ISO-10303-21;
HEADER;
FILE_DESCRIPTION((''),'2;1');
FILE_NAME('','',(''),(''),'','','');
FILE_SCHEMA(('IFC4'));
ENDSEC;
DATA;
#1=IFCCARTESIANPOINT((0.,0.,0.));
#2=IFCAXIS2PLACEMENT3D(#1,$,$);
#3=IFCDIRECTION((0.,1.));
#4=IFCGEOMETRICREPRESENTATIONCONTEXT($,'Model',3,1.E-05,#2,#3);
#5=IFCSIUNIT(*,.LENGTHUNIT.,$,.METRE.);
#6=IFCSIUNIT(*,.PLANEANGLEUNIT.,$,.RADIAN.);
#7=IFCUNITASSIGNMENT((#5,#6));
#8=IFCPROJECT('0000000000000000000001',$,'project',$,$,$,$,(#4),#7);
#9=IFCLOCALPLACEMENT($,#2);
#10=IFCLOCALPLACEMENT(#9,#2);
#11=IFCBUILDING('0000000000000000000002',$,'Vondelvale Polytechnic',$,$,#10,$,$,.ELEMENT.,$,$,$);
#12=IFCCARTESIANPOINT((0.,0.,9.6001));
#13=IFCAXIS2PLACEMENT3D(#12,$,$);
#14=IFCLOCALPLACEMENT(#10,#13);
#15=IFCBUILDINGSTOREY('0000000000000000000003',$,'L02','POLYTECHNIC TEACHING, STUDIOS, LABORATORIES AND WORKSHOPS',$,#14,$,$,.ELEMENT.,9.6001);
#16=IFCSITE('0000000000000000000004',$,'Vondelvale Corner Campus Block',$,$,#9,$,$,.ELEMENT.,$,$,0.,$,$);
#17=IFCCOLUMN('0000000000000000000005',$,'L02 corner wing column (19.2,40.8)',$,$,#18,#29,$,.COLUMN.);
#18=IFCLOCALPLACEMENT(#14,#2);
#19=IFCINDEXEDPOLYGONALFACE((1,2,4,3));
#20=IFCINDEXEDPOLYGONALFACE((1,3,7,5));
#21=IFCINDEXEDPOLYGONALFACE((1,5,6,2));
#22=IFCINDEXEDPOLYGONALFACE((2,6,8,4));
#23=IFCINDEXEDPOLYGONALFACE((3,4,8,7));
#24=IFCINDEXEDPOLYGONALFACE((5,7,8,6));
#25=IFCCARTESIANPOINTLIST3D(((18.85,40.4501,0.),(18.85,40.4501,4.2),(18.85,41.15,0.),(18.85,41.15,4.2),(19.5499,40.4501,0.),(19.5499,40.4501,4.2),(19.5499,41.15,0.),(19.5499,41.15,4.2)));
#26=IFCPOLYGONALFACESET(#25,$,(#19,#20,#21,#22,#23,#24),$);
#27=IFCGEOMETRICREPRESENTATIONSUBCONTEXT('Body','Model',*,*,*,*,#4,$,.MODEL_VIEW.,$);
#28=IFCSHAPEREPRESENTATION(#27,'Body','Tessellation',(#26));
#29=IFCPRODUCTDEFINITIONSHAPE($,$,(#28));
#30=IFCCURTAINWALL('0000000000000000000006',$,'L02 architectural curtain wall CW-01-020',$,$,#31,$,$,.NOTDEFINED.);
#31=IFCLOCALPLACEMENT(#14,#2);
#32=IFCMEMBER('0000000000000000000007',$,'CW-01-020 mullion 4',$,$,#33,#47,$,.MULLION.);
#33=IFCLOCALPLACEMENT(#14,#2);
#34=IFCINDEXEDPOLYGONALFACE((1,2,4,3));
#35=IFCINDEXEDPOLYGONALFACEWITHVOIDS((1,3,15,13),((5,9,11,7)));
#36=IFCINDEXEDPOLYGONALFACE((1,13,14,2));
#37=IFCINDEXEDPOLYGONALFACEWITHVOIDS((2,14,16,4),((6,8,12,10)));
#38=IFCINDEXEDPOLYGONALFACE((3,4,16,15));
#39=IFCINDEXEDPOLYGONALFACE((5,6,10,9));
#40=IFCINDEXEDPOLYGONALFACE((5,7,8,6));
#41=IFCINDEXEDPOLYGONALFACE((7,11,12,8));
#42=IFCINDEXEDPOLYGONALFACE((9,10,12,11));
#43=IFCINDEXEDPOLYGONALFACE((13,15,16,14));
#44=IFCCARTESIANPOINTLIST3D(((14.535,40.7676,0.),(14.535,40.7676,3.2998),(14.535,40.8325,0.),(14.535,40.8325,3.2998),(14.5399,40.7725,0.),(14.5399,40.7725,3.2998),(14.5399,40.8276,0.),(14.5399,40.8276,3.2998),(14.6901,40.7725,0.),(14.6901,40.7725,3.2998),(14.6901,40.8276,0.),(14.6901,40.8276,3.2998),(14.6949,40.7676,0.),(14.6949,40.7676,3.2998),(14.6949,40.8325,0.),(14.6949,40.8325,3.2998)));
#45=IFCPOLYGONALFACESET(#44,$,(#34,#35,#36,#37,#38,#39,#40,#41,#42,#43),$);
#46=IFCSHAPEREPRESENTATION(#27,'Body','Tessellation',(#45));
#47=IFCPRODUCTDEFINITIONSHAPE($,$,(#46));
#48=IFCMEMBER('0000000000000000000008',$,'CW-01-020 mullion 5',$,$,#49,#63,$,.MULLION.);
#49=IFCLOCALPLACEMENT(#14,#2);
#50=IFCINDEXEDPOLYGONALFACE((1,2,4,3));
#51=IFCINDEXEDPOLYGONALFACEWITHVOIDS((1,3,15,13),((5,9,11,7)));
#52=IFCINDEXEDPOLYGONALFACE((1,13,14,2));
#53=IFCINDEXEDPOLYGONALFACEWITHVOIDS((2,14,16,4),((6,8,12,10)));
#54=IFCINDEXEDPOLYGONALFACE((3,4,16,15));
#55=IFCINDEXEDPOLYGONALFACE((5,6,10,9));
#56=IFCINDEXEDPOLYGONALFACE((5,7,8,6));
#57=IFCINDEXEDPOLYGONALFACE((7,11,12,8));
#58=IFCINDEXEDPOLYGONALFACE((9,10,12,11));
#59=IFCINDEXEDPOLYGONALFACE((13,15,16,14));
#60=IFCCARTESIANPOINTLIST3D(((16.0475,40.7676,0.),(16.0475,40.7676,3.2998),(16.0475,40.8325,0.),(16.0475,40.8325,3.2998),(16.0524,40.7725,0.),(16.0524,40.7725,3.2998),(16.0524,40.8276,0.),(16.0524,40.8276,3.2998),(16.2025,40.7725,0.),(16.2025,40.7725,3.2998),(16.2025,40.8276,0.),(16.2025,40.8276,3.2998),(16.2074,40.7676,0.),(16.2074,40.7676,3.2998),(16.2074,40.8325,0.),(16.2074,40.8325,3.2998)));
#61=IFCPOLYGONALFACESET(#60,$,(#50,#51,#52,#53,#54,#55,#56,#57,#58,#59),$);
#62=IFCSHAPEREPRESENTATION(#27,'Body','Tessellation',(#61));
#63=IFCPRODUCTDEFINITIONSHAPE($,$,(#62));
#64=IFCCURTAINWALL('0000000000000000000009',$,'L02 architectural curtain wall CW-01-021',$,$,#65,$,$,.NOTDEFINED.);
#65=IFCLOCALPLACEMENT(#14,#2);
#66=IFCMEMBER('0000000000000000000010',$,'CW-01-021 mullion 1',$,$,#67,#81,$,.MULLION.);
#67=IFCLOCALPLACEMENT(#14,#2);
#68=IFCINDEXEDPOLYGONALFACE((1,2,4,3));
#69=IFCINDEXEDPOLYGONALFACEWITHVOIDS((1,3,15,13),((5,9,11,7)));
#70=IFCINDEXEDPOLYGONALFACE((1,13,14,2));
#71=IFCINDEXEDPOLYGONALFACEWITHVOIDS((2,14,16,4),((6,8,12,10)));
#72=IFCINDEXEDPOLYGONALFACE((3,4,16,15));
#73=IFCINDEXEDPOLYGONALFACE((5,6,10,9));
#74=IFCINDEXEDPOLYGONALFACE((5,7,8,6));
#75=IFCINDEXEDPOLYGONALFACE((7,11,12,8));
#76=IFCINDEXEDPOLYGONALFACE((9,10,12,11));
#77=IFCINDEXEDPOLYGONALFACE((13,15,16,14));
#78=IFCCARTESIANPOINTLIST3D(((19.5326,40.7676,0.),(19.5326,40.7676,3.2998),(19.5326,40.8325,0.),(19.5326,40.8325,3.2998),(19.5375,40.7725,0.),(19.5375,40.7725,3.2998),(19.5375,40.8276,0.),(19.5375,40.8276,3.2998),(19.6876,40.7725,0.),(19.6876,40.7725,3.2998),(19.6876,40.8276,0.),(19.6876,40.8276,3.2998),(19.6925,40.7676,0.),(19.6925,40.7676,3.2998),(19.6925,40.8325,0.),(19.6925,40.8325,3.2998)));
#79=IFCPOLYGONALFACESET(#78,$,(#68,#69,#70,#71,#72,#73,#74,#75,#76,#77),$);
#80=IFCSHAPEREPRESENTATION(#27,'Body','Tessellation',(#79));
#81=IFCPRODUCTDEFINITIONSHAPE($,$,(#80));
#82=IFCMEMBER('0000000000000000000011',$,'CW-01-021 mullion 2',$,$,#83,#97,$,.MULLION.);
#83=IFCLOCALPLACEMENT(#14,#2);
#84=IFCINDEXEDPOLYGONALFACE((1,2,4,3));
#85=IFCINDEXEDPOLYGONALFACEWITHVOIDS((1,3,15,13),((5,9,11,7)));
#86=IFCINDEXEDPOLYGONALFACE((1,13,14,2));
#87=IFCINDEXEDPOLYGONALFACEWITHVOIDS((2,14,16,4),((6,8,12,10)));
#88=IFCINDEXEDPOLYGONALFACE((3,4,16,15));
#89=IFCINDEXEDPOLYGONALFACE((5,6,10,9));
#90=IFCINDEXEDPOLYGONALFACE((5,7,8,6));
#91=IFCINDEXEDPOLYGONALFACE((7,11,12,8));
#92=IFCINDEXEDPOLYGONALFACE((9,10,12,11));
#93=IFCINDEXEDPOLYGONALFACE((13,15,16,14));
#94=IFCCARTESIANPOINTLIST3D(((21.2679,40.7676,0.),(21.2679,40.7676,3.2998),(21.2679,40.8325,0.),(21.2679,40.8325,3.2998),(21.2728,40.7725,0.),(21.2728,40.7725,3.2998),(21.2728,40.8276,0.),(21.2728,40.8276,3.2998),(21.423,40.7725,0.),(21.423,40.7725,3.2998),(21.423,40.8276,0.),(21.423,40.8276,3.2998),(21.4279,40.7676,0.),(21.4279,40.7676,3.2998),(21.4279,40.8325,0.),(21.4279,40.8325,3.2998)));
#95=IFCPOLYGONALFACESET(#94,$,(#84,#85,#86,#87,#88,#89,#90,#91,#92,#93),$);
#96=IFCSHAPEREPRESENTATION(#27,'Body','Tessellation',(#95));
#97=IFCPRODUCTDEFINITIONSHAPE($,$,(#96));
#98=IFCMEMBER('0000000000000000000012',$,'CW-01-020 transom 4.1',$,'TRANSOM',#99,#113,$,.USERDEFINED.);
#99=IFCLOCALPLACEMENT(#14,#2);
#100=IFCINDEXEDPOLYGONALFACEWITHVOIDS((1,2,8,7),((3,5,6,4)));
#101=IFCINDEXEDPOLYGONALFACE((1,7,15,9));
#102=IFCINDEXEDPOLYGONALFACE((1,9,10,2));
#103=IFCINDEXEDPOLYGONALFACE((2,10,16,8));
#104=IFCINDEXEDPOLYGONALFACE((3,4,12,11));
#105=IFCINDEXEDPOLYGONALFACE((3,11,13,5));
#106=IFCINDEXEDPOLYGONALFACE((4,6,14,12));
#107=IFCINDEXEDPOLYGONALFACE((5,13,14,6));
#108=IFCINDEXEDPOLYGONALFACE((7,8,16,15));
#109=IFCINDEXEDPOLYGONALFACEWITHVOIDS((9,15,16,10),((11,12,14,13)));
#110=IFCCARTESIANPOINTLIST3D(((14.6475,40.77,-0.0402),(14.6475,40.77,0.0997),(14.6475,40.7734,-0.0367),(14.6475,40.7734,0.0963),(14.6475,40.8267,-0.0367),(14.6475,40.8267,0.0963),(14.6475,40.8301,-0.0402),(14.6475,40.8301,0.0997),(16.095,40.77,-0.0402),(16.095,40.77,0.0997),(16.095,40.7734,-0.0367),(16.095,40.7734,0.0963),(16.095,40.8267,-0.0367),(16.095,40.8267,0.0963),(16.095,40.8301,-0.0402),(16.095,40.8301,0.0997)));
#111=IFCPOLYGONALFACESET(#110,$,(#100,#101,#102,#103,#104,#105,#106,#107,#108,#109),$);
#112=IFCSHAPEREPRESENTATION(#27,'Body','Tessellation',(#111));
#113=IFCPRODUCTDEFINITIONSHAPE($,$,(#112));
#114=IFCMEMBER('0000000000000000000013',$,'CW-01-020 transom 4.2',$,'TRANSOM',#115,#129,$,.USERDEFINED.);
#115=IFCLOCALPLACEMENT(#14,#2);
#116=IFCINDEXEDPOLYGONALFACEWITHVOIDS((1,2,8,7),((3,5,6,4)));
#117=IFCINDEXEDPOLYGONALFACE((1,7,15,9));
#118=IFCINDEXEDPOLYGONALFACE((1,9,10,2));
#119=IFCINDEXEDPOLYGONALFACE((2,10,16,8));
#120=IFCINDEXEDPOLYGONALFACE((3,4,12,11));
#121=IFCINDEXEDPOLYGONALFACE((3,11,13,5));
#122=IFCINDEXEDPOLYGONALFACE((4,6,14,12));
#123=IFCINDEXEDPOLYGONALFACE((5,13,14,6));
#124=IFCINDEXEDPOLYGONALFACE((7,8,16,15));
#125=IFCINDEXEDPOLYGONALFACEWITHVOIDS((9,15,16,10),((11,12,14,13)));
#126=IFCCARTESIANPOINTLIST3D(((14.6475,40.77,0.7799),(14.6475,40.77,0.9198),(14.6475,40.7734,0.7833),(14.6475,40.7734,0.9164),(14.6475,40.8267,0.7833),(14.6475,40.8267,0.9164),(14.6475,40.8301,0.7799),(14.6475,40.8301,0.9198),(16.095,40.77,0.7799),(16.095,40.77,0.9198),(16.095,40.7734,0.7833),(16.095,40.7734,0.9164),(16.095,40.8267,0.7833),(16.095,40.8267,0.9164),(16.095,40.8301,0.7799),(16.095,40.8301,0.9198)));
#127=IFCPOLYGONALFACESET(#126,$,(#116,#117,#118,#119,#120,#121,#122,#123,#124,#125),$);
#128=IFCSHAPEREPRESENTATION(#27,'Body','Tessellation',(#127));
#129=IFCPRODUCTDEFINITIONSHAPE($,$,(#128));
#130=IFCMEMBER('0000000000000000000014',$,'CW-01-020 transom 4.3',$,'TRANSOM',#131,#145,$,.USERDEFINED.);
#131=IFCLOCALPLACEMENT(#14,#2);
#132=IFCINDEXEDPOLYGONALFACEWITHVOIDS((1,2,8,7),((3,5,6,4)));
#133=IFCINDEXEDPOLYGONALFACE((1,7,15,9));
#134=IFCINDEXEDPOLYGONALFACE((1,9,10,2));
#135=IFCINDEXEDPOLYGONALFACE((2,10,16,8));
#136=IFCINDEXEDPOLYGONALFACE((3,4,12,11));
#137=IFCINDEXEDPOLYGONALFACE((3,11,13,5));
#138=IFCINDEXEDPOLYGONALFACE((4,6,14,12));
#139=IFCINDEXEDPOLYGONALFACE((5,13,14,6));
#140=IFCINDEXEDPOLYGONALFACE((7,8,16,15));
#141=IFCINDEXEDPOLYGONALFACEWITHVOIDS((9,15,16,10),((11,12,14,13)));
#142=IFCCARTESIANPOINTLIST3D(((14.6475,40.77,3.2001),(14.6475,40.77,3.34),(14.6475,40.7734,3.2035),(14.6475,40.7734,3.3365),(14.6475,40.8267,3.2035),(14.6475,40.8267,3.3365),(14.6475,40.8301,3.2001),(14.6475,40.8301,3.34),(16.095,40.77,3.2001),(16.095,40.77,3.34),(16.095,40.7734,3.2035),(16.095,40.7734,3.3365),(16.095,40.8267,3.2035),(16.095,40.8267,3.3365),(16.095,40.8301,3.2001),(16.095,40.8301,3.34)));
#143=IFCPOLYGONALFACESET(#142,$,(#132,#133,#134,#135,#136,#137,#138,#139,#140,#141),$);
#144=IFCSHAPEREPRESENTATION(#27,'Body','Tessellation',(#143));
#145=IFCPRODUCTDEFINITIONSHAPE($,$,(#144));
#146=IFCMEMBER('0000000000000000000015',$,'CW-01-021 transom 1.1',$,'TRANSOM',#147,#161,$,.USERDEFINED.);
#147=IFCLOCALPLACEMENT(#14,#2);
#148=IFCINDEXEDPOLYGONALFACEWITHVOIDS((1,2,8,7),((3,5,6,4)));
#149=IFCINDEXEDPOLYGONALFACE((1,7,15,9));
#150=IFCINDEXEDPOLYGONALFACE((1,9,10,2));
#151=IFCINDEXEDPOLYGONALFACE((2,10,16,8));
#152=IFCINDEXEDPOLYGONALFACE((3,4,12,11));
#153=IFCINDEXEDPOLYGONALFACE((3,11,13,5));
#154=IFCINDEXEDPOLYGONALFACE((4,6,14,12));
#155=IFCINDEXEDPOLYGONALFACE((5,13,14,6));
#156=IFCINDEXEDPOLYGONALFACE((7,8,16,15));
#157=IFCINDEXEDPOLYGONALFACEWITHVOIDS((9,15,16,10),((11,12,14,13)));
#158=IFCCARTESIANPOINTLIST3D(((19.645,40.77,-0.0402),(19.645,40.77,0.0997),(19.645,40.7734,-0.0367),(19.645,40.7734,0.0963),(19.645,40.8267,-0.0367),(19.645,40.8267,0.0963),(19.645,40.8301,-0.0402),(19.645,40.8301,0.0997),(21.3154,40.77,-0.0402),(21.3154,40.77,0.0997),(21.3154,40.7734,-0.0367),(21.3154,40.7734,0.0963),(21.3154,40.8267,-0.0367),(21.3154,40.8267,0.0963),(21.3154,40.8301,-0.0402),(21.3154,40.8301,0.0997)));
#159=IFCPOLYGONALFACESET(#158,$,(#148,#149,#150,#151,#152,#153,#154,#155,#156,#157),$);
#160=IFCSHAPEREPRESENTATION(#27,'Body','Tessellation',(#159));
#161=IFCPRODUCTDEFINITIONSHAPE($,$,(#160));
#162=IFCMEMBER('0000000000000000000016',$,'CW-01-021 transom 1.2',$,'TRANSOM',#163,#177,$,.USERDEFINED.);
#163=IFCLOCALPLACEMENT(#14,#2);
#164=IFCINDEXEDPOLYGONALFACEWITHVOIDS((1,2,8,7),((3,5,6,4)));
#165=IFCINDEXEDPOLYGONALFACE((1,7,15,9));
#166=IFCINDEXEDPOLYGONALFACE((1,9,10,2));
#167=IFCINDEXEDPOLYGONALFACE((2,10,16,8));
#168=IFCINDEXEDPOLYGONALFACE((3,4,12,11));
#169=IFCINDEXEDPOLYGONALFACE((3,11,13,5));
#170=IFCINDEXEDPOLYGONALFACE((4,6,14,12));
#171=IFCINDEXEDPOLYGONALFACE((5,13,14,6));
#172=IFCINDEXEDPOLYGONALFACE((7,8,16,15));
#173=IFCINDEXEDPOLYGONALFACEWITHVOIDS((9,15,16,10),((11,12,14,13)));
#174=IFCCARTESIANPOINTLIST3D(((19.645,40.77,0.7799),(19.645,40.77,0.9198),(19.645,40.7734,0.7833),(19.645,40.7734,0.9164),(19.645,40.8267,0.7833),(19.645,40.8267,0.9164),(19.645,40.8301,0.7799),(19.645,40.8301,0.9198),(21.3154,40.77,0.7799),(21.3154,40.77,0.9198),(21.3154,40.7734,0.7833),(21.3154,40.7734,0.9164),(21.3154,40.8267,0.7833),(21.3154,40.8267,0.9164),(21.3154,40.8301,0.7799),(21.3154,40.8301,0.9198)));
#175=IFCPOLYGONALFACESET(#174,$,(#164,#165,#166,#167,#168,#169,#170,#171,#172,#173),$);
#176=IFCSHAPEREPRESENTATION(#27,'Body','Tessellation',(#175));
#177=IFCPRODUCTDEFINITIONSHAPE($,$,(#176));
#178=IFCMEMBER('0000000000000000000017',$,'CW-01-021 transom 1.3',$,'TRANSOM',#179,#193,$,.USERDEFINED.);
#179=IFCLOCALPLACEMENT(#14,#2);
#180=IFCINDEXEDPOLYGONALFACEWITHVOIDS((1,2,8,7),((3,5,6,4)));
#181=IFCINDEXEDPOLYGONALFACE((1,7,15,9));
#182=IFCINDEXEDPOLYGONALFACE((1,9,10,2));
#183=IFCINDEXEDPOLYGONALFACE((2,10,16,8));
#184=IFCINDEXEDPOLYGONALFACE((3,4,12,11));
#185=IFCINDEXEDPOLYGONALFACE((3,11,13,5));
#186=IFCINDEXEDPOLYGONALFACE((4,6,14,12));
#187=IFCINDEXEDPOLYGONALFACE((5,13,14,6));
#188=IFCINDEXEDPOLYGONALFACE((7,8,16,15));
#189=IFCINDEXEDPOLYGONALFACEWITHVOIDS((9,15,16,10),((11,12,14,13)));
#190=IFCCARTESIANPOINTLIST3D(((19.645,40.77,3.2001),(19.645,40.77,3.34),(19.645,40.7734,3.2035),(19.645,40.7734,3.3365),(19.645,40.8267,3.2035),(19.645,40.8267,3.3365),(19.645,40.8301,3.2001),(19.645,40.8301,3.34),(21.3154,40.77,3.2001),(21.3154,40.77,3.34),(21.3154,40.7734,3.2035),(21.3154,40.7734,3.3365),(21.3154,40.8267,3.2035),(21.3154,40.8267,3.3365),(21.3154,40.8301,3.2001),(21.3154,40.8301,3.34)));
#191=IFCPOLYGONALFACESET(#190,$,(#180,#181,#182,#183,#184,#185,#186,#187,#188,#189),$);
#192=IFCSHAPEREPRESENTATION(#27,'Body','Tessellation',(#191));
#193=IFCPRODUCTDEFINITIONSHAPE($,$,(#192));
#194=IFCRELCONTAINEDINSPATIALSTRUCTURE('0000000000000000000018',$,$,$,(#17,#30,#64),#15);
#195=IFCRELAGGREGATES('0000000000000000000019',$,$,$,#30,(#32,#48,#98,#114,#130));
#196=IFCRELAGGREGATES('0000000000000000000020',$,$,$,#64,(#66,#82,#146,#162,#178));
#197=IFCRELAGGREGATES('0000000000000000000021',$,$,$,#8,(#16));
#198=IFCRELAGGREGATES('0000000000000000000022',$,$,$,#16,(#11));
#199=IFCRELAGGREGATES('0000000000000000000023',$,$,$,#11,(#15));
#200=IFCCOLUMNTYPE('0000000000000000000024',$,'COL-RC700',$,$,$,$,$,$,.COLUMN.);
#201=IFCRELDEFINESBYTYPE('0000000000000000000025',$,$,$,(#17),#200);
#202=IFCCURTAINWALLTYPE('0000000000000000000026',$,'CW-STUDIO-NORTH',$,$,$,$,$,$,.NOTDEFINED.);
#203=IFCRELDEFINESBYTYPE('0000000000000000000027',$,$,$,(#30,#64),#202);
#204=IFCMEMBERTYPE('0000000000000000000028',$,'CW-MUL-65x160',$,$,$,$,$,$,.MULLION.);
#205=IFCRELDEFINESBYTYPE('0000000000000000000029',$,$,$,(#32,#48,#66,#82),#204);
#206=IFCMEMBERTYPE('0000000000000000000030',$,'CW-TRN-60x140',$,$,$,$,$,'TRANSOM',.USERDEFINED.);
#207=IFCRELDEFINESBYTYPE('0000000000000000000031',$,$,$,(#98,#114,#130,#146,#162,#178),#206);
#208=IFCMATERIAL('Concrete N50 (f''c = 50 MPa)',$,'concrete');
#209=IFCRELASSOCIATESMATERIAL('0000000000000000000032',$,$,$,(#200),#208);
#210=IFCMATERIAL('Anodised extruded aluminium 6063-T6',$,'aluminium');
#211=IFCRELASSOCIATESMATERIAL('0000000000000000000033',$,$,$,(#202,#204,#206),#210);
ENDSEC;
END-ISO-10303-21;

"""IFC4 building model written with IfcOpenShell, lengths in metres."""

from ifc_helpers import new_model, si_unit, direction, frame, origin, origin_2d, place, context, subcontext, project, spatial, rectangle, hollow_rectangle, extrude, material, material_profile, profile_set, type_object, element, aggregate, save


model = new_model("IFC4")

# Units and contexts
model_context = context("Model", 3, precision=1e-05, world=origin(), true_north=direction((0.0, 1.0)))
body_context = subcontext(model_context, "Body", "Model", "MODEL_VIEW")
ifc_project = project(units=[si_unit("LENGTHUNIT", "METRE"), si_unit("PLANEANGLEUNIT", "RADIAN")], contexts=[model_context])

# Site, building, storey
site_placement = place(None, origin())
site = spatial("IfcSite", under=ifc_project, at=site_placement, Name="Vondelvale Corner Campus Block", CompositionType="ELEMENT", RefElevation=0.0)
building_placement = place(site_placement, origin())
building = spatial("IfcBuilding", under=site, at=building_placement, Name="Vondelvale Polytechnic", CompositionType="ELEMENT")
storey_placement = place(building_placement, frame((0.0, 0.0, 9.6001)))
storey = spatial("IfcBuildingStorey", under=building, at=storey_placement, Name="L02", Description="POLYTECHNIC TEACHING, STUDIOS, LABORATORIES AND WORKSHOPS", CompositionType="ELEMENT", Elevation=9.6001)

# Column
ifc_material_1 = material(Name="Concrete N50 (f'c = 50 MPa)", Category="concrete")
ifc_material_profile_1 = material_profile(ifc_material_1, rectangle(XDim=0.7, YDim=0.7, at=origin_2d()), Name="RC-COL-700x700")
ifc_profile_set_1 = profile_set([ifc_material_profile_1], Name="Concrete N50 (f'c = 50 MPa)")
column_type = type_object("IfcColumnType", Name="COL-RC700", PredefinedType="COLUMN", material=ifc_profile_set_1)
column_placement = place(storey_placement, frame((19.2, 40.8, 0.0), z_axis=(0.0, 0.0, 1.0), x_axis=(1.0, 0.0, 0.0)))
element("IfcColumn", 1, at=column_placement, inside=storey, type_object=column_type, Name="L02 corner wing column (19.2,40.8)", PredefinedType="COLUMN", context=body_context, shape_type="SweptSolid", body=[
    extrude(rectangle(XDim=0.7, YDim=0.7, at=origin_2d()), origin(), (0.0, 0.0, 1.0), 4.2),
])

# Curtain walls, members
ifc_material_2 = material(Name="Anodised extruded aluminium 6063-T6", Category="aluminium")
curtain_wall_type = type_object("IfcCurtainWallType", Name="CW-STUDIO-NORTH", PredefinedType="NOTDEFINED", material=ifc_material_2)
curtain_wall_1_placement = place(storey_placement, origin())
curtain_wall_1 = element("IfcCurtainWall", 2, at=curtain_wall_1_placement, inside=storey, type_object=curtain_wall_type, Name="L02 architectural curtain wall CW-01-020", PredefinedType="NOTDEFINED")
ifc_material_profile_2 = material_profile(ifc_material_2, hollow_rectangle(XDim=0.0649, YDim=0.1599, WallThickness=0.0049, at=origin_2d()), Name="CW-MUL-160x65")
ifc_profile_set_2 = profile_set([ifc_material_profile_2], Name="Anodised extruded aluminium 6063-T6")
member_type_1 = type_object("IfcMemberType", Name="CW-MUL-65x160", PredefinedType="MULLION", material=ifc_profile_set_2)
member_1_placement = place(storey_placement, frame((14.615, 40.8, 0.0), z_axis=(0.0, 0.0, 1.0), x_axis=(0.0, 1.0, 0.0)))
member_1 = element("IfcMember", 3, at=member_1_placement, type_object=member_type_1, Name="CW-01-020 mullion 4", PredefinedType="MULLION", context=body_context, shape_type="SweptSolid", body=[
    extrude(hollow_rectangle(XDim=0.0649, YDim=0.1599, WallThickness=0.0049, at=origin_2d()), origin(), (0.0, 0.0, 1.0), 3.2998),
])
member_2_placement = place(storey_placement, frame((16.1274, 40.8, 0.0), z_axis=(0.0, 0.0, 1.0), x_axis=(0.0, 1.0, 0.0)))
member_2 = element("IfcMember", 4, at=member_2_placement, type_object=member_type_1, Name="CW-01-020 mullion 5", PredefinedType="MULLION", context=body_context, shape_type="SweptSolid", body=[
    extrude(hollow_rectangle(XDim=0.0649, YDim=0.1599, WallThickness=0.0049, at=origin_2d()), origin(), (0.0, 0.0, 1.0), 3.2998),
])
curtain_wall_2_placement = place(storey_placement, origin())
curtain_wall_2 = element("IfcCurtainWall", 5, at=curtain_wall_2_placement, inside=storey, type_object=curtain_wall_type, Name="L02 architectural curtain wall CW-01-021", PredefinedType="NOTDEFINED")
member_3_placement = place(storey_placement, frame((19.6125, 40.8, 0.0), z_axis=(0.0, 0.0, 1.0), x_axis=(0.0, 1.0, 0.0)))
member_3 = element("IfcMember", 6, at=member_3_placement, type_object=member_type_1, Name="CW-01-021 mullion 1", PredefinedType="MULLION", context=body_context, shape_type="SweptSolid", body=[
    extrude(hollow_rectangle(XDim=0.0649, YDim=0.1599, WallThickness=0.0049, at=origin_2d()), origin(), (0.0, 0.0, 1.0), 3.2998),
])
member_4_placement = place(storey_placement, frame((21.3479, 40.8, 0.0), z_axis=(0.0, 0.0, 1.0), x_axis=(0.0, 1.0, 0.0)))
member_4 = element("IfcMember", 7, at=member_4_placement, type_object=member_type_1, Name="CW-01-021 mullion 2", PredefinedType="MULLION", context=body_context, shape_type="SweptSolid", body=[
    extrude(hollow_rectangle(XDim=0.0649, YDim=0.1599, WallThickness=0.0049, at=origin_2d()), origin(), (0.0, 0.0, 1.0), 3.2998),
])

# Members
ifc_material_profile_3 = material_profile(ifc_material_2, hollow_rectangle(XDim=0.0601, YDim=0.1399, WallThickness=0.0034, at=origin_2d()), Name="CW-TRN-140x60")
ifc_profile_set_3 = profile_set([ifc_material_profile_3], Name="Anodised extruded aluminium 6063-T6")
member_type_2 = type_object("IfcMemberType", Name="CW-TRN-60x140", ElementType="TRANSOM", PredefinedType="USERDEFINED", material=ifc_profile_set_3)
member_5_placement = place(storey_placement, frame((14.6475, 40.8, 0.0298), z_axis=(1.0, 0.0, 0.0), x_axis=(0.0, 1.0, 0.0)))
member_5 = element("IfcMember", 8, at=member_5_placement, type_object=member_type_2, Name="CW-01-020 transom 4.1", ObjectType="TRANSOM", PredefinedType="USERDEFINED", context=body_context, shape_type="SweptSolid", body=[
    extrude(hollow_rectangle(XDim=0.0601, YDim=0.1399, WallThickness=0.0034, at=origin_2d()), origin(), (0.0, 0.0, 1.0), 1.4475),
])
member_6_placement = place(storey_placement, frame((14.6475, 40.8, 0.8499), z_axis=(1.0, 0.0, 0.0), x_axis=(0.0, 1.0, 0.0)))
member_6 = element("IfcMember", 9, at=member_6_placement, type_object=member_type_2, Name="CW-01-020 transom 4.2", ObjectType="TRANSOM", PredefinedType="USERDEFINED", context=body_context, shape_type="SweptSolid", body=[
    extrude(hollow_rectangle(XDim=0.0601, YDim=0.1399, WallThickness=0.0034, at=origin_2d()), origin(), (0.0, 0.0, 1.0), 1.4475),
])
member_7_placement = place(storey_placement, frame((14.6475, 40.8, 3.27), z_axis=(1.0, 0.0, 0.0), x_axis=(0.0, 1.0, 0.0)))
member_7 = element("IfcMember", 10, at=member_7_placement, type_object=member_type_2, Name="CW-01-020 transom 4.3", ObjectType="TRANSOM", PredefinedType="USERDEFINED", context=body_context, shape_type="SweptSolid", body=[
    extrude(hollow_rectangle(XDim=0.0601, YDim=0.1399, WallThickness=0.0034, at=origin_2d()), origin(), (0.0, 0.0, 1.0), 1.4475),
])
member_8_placement = place(storey_placement, frame((19.645, 40.8, 0.0298), z_axis=(1.0, 0.0, 0.0), x_axis=(0.0, 1.0, 0.0)))
member_8 = element("IfcMember", 11, at=member_8_placement, type_object=member_type_2, Name="CW-01-021 transom 1.1", ObjectType="TRANSOM", PredefinedType="USERDEFINED", context=body_context, shape_type="SweptSolid", body=[
    extrude(hollow_rectangle(XDim=0.0601, YDim=0.1399, WallThickness=0.0034, at=origin_2d()), origin(), (0.0, 0.0, 1.0), 1.6704),
])
member_9_placement = place(storey_placement, frame((19.645, 40.8, 0.8499), z_axis=(1.0, 0.0, 0.0), x_axis=(0.0, 1.0, 0.0)))
member_9 = element("IfcMember", 12, at=member_9_placement, type_object=member_type_2, Name="CW-01-021 transom 1.2", ObjectType="TRANSOM", PredefinedType="USERDEFINED", context=body_context, shape_type="SweptSolid", body=[
    extrude(hollow_rectangle(XDim=0.0601, YDim=0.1399, WallThickness=0.0034, at=origin_2d()), origin(), (0.0, 0.0, 1.0), 1.6704),
])
member_10_placement = place(storey_placement, frame((19.645, 40.8, 3.27), z_axis=(1.0, 0.0, 0.0), x_axis=(0.0, 1.0, 0.0)))
member_10 = element("IfcMember", 13, at=member_10_placement, type_object=member_type_2, Name="CW-01-021 transom 1.3", ObjectType="TRANSOM", PredefinedType="USERDEFINED", context=body_context, shape_type="SweptSolid", body=[
    extrude(hollow_rectangle(XDim=0.0601, YDim=0.1399, WallThickness=0.0034, at=origin_2d()), origin(), (0.0, 0.0, 1.0), 1.6704),
])

aggregate(curtain_wall_1, [member_1, member_2, member_5, member_6, member_7])
aggregate(curtain_wall_2, [member_3, member_4, member_8, member_9, member_10])

save(model, "model.ifc")
